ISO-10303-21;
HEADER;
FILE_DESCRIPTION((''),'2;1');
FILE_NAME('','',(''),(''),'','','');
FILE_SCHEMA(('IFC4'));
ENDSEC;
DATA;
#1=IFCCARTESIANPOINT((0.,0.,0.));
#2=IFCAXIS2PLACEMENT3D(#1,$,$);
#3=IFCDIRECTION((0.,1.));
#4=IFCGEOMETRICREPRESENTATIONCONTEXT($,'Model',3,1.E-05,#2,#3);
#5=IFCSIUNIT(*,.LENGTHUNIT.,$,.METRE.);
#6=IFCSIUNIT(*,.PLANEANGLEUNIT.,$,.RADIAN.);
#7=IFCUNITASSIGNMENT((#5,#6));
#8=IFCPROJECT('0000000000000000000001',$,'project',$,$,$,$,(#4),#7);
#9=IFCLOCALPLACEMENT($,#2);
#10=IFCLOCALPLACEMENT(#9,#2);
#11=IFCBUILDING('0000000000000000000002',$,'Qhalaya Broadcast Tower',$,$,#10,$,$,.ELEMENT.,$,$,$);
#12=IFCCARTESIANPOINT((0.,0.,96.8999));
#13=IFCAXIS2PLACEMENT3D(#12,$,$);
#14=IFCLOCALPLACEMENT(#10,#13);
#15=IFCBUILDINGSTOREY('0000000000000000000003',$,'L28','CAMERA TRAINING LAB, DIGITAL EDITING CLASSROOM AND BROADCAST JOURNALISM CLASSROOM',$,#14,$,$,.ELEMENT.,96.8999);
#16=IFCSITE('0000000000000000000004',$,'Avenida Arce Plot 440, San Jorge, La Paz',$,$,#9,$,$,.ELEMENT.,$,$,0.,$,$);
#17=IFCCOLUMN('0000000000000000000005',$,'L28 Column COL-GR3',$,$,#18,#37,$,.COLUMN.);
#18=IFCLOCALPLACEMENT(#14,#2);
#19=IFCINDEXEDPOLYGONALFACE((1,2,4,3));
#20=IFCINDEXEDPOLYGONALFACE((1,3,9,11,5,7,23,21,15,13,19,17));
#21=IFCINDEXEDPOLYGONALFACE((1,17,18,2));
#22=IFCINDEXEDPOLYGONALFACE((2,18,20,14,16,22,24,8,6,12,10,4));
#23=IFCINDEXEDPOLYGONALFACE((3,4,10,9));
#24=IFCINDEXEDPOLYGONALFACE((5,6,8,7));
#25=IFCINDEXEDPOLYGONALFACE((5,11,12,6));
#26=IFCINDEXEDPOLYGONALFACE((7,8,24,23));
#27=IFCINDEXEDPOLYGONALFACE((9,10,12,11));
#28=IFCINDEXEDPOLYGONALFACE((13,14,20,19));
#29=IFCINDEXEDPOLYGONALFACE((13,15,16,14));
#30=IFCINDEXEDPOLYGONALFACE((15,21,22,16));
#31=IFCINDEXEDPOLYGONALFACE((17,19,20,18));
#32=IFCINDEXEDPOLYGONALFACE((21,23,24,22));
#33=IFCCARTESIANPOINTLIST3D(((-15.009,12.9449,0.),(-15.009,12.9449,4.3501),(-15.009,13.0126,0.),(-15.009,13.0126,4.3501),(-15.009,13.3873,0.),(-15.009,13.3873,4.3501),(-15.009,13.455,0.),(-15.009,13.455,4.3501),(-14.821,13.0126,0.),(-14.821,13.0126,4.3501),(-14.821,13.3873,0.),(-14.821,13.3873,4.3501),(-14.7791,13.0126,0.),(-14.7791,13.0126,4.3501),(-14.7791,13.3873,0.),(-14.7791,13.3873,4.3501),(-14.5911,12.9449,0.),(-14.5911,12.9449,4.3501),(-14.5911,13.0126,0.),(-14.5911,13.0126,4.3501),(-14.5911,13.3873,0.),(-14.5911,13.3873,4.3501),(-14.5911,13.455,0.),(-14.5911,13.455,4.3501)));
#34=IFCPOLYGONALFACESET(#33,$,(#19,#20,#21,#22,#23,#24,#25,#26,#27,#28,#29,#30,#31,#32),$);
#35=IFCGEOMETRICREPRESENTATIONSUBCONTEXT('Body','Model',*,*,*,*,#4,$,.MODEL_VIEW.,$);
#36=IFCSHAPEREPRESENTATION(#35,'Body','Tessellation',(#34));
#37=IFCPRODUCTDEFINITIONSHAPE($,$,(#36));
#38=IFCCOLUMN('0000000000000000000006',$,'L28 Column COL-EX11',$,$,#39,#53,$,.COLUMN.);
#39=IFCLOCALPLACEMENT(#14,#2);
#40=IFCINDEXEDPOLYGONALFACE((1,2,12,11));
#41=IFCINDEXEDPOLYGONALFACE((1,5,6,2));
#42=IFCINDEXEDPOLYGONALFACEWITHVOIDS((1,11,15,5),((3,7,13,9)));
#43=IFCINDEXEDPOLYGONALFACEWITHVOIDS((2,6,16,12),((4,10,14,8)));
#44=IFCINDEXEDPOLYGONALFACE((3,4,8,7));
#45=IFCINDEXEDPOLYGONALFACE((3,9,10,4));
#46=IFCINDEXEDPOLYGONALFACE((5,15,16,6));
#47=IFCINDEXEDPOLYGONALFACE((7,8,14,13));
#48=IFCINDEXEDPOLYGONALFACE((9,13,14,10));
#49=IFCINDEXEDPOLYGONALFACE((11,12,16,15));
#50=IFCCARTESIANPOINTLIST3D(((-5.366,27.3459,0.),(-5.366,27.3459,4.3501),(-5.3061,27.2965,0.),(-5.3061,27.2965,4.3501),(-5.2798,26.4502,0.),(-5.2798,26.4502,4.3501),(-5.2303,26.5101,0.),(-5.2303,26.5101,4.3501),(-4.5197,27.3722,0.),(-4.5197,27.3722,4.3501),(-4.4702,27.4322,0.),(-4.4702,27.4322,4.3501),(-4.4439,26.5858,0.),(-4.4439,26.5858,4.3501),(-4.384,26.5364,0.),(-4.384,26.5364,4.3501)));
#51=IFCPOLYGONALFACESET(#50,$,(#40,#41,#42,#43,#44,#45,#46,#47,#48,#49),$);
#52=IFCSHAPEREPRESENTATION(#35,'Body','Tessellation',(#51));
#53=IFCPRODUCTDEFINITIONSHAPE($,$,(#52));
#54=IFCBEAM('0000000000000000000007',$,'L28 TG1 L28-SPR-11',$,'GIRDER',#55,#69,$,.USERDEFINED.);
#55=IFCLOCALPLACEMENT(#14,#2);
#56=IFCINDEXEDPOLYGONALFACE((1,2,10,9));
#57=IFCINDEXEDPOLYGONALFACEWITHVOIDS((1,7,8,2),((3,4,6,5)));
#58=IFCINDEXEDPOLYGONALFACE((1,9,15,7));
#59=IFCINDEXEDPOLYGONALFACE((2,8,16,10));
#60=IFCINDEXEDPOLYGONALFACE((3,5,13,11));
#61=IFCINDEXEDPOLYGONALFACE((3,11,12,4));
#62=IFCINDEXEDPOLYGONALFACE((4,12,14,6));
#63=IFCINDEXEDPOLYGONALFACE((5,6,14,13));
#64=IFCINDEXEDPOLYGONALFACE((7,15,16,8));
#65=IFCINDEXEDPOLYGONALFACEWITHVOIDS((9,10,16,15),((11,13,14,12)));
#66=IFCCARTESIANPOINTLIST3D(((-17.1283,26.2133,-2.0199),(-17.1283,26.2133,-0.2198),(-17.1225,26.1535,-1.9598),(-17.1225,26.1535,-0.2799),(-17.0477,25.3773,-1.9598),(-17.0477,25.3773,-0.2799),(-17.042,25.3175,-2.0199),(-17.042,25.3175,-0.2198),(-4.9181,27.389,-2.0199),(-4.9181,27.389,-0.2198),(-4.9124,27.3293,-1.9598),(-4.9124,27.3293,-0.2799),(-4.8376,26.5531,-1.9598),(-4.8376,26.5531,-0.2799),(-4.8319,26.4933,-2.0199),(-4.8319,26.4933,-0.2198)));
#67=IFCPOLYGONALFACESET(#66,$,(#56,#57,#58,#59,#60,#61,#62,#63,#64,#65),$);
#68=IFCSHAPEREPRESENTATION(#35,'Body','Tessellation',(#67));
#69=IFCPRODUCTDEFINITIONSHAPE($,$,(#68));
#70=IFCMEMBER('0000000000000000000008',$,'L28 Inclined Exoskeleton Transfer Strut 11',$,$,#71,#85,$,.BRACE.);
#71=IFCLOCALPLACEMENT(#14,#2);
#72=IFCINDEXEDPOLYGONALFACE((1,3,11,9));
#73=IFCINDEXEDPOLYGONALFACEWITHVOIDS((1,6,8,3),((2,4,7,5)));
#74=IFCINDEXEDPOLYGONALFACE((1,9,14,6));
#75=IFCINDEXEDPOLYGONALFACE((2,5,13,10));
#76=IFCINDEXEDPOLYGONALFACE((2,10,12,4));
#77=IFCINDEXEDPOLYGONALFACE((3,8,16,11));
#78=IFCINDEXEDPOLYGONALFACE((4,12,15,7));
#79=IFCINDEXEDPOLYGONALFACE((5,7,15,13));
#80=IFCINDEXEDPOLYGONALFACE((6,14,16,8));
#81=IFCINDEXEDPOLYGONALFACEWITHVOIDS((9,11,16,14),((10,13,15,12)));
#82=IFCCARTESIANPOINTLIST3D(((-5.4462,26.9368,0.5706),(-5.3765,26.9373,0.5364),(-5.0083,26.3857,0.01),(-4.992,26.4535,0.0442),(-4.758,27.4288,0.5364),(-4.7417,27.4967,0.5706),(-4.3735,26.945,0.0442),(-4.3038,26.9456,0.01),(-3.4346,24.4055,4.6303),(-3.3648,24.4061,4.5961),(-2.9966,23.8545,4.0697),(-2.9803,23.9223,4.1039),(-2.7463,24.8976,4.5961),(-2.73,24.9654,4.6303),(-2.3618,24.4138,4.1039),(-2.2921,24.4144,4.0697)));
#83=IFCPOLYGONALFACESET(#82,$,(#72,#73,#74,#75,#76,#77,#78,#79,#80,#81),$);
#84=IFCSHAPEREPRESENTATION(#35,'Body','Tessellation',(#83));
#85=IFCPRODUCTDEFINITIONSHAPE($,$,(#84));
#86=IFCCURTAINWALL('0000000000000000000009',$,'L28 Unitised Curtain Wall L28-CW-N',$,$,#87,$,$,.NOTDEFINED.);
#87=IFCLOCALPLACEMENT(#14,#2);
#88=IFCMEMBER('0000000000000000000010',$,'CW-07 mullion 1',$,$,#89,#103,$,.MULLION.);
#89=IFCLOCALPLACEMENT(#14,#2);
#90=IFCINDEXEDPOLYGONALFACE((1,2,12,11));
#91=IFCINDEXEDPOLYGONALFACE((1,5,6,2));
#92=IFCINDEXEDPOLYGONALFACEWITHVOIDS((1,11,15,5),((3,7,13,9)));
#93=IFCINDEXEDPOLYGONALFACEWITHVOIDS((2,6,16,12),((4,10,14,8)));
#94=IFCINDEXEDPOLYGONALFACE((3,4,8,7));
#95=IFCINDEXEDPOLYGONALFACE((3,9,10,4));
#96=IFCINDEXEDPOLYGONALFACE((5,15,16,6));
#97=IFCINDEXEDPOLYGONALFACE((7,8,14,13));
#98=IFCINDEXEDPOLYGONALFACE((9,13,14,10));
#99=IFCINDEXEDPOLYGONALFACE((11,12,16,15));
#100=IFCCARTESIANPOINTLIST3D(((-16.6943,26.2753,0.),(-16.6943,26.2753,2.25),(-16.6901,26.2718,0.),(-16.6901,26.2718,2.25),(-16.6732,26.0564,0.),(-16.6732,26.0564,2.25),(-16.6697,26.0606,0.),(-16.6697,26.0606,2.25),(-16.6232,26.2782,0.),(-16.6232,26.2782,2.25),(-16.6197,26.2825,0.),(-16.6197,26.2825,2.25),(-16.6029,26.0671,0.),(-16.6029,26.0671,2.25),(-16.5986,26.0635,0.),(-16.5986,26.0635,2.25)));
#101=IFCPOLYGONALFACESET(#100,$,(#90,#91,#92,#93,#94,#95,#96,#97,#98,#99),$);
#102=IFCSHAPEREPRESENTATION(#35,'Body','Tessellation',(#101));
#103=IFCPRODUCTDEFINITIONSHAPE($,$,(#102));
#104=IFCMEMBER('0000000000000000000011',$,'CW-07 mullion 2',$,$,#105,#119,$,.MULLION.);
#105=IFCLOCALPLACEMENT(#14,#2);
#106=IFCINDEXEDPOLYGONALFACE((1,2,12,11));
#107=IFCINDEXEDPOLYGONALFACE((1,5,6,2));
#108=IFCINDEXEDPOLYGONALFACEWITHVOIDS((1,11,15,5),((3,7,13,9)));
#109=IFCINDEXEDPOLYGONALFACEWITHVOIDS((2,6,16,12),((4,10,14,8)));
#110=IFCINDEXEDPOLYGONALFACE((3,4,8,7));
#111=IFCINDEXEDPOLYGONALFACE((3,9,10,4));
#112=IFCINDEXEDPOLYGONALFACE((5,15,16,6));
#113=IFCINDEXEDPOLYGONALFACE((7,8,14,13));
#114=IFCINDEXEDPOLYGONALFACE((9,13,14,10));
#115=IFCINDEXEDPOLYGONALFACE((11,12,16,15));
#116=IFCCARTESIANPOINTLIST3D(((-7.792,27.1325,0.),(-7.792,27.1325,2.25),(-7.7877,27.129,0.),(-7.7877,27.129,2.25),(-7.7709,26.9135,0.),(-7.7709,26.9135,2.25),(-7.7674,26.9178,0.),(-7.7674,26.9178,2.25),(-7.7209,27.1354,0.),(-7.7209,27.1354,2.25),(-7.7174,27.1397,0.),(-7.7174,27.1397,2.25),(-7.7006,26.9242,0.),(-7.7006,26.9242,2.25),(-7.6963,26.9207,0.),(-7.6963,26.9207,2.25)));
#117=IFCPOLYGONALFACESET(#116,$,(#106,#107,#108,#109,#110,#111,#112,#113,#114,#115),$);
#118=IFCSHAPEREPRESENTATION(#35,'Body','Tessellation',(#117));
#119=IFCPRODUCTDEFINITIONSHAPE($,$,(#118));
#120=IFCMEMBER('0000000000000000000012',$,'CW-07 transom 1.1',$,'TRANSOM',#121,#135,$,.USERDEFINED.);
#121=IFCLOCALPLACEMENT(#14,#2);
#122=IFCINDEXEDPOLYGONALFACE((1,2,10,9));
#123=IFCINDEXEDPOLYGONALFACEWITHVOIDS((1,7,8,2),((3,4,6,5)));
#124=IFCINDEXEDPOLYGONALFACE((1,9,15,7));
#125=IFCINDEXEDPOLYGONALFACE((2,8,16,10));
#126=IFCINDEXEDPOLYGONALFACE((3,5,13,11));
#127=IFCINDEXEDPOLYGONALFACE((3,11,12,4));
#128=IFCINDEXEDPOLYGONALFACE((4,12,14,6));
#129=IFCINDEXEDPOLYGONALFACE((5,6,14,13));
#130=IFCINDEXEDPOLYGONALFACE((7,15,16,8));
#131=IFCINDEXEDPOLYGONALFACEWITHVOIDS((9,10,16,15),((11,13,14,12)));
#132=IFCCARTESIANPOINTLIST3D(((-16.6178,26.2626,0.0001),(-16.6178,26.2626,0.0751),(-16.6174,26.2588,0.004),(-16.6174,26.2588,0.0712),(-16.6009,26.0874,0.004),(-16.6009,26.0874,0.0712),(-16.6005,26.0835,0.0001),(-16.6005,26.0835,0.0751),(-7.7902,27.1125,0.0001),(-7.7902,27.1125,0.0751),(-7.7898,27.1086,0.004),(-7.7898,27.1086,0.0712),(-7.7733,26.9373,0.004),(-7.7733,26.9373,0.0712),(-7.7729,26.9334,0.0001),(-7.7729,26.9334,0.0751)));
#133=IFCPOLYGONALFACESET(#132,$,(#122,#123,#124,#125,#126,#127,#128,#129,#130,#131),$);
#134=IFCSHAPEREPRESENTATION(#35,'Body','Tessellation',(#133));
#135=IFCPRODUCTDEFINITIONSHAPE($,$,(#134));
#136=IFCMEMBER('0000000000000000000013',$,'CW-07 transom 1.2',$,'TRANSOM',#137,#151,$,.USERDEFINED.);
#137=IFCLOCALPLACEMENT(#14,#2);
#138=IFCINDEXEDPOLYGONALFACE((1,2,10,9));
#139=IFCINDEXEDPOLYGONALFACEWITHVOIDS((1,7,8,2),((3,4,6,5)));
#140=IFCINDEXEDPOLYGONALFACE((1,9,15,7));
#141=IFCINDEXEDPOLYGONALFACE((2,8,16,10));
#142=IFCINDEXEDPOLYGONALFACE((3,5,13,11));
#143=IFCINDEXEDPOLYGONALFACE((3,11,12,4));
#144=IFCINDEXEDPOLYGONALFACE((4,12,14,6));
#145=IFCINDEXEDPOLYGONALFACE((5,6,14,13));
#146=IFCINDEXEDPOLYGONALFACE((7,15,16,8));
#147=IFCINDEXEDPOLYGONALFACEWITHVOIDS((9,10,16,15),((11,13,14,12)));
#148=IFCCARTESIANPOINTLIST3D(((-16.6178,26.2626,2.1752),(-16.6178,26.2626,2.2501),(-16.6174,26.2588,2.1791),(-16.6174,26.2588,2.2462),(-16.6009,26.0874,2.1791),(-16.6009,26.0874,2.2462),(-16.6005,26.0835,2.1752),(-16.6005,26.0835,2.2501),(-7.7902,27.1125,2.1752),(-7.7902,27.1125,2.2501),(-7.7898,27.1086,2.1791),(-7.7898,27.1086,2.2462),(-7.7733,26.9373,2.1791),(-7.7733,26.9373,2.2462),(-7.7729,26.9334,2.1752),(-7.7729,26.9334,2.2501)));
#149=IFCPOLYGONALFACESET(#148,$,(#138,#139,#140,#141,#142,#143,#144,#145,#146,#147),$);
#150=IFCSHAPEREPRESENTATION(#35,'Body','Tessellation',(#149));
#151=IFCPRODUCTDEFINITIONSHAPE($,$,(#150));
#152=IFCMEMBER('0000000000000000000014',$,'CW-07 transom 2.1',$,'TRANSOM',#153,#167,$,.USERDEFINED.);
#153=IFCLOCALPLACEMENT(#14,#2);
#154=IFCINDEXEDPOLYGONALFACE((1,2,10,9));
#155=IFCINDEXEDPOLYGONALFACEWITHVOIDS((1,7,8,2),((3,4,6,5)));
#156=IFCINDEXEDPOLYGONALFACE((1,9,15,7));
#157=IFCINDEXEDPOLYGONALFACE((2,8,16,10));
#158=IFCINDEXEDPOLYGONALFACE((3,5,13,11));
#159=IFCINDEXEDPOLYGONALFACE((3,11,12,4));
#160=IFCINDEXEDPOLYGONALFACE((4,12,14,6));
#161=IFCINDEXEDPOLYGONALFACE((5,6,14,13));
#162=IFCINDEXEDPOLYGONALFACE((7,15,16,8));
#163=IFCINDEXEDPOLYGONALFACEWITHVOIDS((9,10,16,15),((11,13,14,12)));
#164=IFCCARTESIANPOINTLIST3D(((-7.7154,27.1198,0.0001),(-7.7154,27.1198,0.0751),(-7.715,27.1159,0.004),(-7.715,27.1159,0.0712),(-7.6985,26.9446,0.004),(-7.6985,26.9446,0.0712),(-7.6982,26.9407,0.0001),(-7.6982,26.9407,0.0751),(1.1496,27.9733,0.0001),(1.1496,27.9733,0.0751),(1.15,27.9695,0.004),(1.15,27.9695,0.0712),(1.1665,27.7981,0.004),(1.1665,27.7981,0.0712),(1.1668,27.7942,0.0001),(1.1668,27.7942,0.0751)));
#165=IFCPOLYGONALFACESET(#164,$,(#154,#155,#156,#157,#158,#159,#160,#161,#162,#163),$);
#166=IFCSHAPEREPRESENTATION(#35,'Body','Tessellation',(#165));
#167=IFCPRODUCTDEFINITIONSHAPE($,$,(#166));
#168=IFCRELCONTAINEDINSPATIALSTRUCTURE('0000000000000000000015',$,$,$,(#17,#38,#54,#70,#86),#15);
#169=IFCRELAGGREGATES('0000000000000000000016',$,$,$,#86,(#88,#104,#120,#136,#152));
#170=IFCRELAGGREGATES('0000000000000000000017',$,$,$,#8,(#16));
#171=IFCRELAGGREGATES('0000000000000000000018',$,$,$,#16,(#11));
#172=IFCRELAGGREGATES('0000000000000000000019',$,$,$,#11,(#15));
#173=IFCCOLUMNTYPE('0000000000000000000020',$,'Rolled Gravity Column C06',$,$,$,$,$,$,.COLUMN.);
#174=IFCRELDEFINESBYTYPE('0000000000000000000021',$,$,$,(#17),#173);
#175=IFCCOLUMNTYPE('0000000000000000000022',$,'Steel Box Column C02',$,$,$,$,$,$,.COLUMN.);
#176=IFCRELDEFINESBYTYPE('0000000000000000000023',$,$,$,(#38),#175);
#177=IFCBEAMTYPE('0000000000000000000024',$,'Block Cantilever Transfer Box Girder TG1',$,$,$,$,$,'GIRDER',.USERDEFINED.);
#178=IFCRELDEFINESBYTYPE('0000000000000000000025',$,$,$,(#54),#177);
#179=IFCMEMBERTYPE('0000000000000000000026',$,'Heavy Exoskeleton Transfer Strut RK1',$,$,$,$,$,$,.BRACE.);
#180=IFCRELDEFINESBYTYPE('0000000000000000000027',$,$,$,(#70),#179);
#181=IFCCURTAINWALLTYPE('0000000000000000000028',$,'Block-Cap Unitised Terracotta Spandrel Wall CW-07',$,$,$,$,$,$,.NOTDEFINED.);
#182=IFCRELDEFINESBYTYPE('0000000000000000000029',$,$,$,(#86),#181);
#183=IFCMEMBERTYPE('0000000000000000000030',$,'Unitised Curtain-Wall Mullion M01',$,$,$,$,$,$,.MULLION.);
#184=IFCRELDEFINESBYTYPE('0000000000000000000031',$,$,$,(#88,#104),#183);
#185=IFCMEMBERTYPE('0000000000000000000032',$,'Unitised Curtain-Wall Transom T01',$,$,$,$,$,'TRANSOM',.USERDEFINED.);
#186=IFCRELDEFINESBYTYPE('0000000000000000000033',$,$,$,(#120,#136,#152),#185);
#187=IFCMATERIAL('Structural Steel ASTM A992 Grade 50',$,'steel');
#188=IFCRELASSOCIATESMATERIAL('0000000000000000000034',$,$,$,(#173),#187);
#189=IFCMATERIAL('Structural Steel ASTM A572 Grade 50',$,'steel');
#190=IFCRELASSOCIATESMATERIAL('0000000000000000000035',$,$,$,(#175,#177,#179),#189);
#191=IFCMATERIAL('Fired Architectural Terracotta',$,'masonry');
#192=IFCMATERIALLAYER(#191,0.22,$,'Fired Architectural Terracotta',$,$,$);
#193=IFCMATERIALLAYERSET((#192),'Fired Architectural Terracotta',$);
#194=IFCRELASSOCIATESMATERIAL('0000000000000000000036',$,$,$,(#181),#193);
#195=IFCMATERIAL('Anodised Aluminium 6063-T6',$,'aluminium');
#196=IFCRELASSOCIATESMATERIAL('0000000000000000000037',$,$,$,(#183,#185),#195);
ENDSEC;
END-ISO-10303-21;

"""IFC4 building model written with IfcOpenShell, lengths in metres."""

from ifc_helpers import new_model, si_unit, direction, frame, origin, origin_2d, place, context, subcontext, project, spatial, hollow_rectangle, i_section, extrude, material, layer, layer_set, material_profile, profile_set, type_object, element, aggregate, save


model = new_model("IFC4")

# Units and contexts
model_context = context("Model", 3, precision=1e-05, world=origin(), true_north=direction((0.0, 1.0)))
body_context = subcontext(model_context, "Body", "Model", "MODEL_VIEW")
ifc_project = project(units=[si_unit("LENGTHUNIT", "METRE"), si_unit("PLANEANGLEUNIT", "RADIAN")], contexts=[model_context])

# Site, building, storey
site_placement = place(None, origin())
site = spatial("IfcSite", under=ifc_project, at=site_placement, Name="Avenida Arce Plot 440, San Jorge, La Paz", CompositionType="ELEMENT", RefElevation=0.0)
building_placement = place(site_placement, origin())
building = spatial("IfcBuilding", under=site, at=building_placement, Name="Qhalaya Broadcast Tower", CompositionType="ELEMENT")
storey_placement = place(building_placement, frame((0.0, 0.0, 96.8999)))
storey = spatial("IfcBuildingStorey", under=building, at=storey_placement, Name="L28", Description="CAMERA TRAINING LAB, DIGITAL EDITING CLASSROOM AND BROADCAST JOURNALISM CLASSROOM", CompositionType="ELEMENT", Elevation=96.8999)

# Columns
ifc_material_1 = material(Name="Structural Steel ASTM A992 Grade 50", Category="steel")
ifc_material_profile_1 = material_profile(ifc_material_1, i_section(OverallWidth=0.418, OverallDepth=0.51, WebThickness=0.042, FlangeThickness=0.0676, at=origin_2d()), Name="W14X370")
ifc_profile_set_1 = profile_set([ifc_material_profile_1], Name="Structural Steel ASTM A992 Grade 50")
column_type_1 = type_object("IfcColumnType", Name="Rolled Gravity Column C06", PredefinedType="COLUMN", material=ifc_profile_set_1)
column_1_placement = place(storey_placement, frame((-14.8, 13.2, 0.0), z_axis=(0.0, 0.0, 1.0), x_axis=(1.0, 0.0, 0.0)))
element("IfcColumn", 1, at=column_1_placement, inside=storey, type_object=column_type_1, Name="L28 Column COL-GR3", PredefinedType="COLUMN", context=body_context, shape_type="SweptSolid", body=[
    extrude(i_section(OverallWidth=0.418, OverallDepth=0.51, WebThickness=0.042, FlangeThickness=0.0676, at=origin_2d()), origin(), (0.0, 0.0, 1.0), 4.3501),
])
ifc_material_2 = material(Name="Structural Steel ASTM A572 Grade 50", Category="steel")
ifc_material_profile_2 = material_profile(ifc_material_2, hollow_rectangle(XDim=0.8999, YDim=0.8999, WallThickness=0.0549, at=origin_2d()), Name="BOX 900x900x55")
ifc_profile_set_2 = profile_set([ifc_material_profile_2], Name="Structural Steel ASTM A572 Grade 50")
column_type_2 = type_object("IfcColumnType", Name="Steel Box Column C02", PredefinedType="COLUMN", material=ifc_profile_set_2)
column_2_placement = place(storey_placement, frame((-4.875, 26.9412, 0.0), z_axis=(0.0, 0.0, 1.0), x_axis=(0.995396, 0.095846, 0.0)))
element("IfcColumn", 2, at=column_2_placement, inside=storey, type_object=column_type_2, Name="L28 Column COL-EX11", PredefinedType="COLUMN", context=body_context, shape_type="SweptSolid", body=[
    extrude(hollow_rectangle(XDim=0.8999, YDim=0.8999, WallThickness=0.0549, at=origin_2d()), origin(), (0.0, 0.0, 1.0), 4.3501),
])

# Beam
ifc_material_profile_3 = material_profile(ifc_material_2, hollow_rectangle(XDim=0.8999, YDim=1.8, WallThickness=0.0601, at=origin_2d()), Name="BOX 900x1800x60")
ifc_profile_set_3 = profile_set([ifc_material_profile_3], Name="Structural Steel ASTM A572 Grade 50")
beam_type = type_object("IfcBeamType", Name="Block Cantilever Transfer Box Girder TG1", ElementType="GIRDER", PredefinedType="USERDEFINED", material=ifc_profile_set_3)
beam_placement = place(storey_placement, frame((-4.875, 26.9412, -1.1199), z_axis=(-0.995396, -0.095852, 0.0), x_axis=(0.095852, -0.995396, 0.0)))
element("IfcBeam", 3, at=beam_placement, inside=storey, type_object=beam_type, Name="L28 TG1 L28-SPR-11", ObjectType="GIRDER", PredefinedType="USERDEFINED", context=body_context, shape_type="SweptSolid", body=[
    extrude(hollow_rectangle(XDim=0.8999, YDim=1.8, WallThickness=0.0601, at=origin_2d()), origin(), (0.0, 0.0, 1.0), 12.2666),
])

# Member
ifc_material_profile_4 = material_profile(ifc_material_2, hollow_rectangle(XDim=0.8999, YDim=0.8999, WallThickness=0.0549, at=origin_2d()), Name="BOX 900x900x55")
ifc_profile_set_4 = profile_set([ifc_material_profile_4], Name="Structural Steel ASTM A572 Grade 50")
member_type_1 = type_object("IfcMemberType", Name="Heavy Exoskeleton Transfer Strut RK1", PredefinedType="BRACE", material=ifc_profile_set_4)
member_1_placement = place(storey_placement, frame((-4.875, 26.9412, 0.2903), z_axis=(0.387613, -0.487715, 0.782234), x_axis=(0.782869, 0.622187, 0.0)))
element("IfcMember", 4, at=member_1_placement, inside=storey, type_object=member_type_1, Name="L28 Inclined Exoskeleton Transfer Strut 11", PredefinedType="BRACE", context=body_context, shape_type="SweptSolid", body=[
    extrude(hollow_rectangle(XDim=0.8999, YDim=0.8999, WallThickness=0.0549, at=origin_2d()), origin(), (0.0, 0.0, 1.0), 5.1899),
])

# Curtain wall, members
ifc_material_3 = material(Name="Fired Architectural Terracotta", Category="masonry")
ifc_layer_1 = layer(ifc_material_3, 0.22, Name="Fired Architectural Terracotta")
ifc_layer_set_1 = layer_set([ifc_layer_1], Name="Fired Architectural Terracotta")
curtain_wall_type = type_object("IfcCurtainWallType", Name="Block-Cap Unitised Terracotta Spandrel Wall CW-07", PredefinedType="NOTDEFINED", material=ifc_layer_set_1)
curtain_wall_placement = place(storey_placement, origin())
curtain_wall = element("IfcCurtainWall", 5, at=curtain_wall_placement, inside=storey, type_object=curtain_wall_type, Name="L28 Unitised Curtain Wall L28-CW-N", PredefinedType="NOTDEFINED")
ifc_material_4 = material(Name="Anodised Aluminium 6063-T6", Category="aluminium")
ifc_material_profile_5 = material_profile(ifc_material_4, hollow_rectangle(XDim=0.075, YDim=0.22, WallThickness=0.0039, at=origin_2d()), Name="ALU-MUL 75x220x4")
ifc_profile_set_5 = profile_set([ifc_material_profile_5], Name="Anodised Aluminium 6063-T6")
member_type_2 = type_object("IfcMemberType", Name="Unitised Curtain-Wall Mullion M01", PredefinedType="MULLION", material=ifc_profile_set_5)
member_2_placement = place(storey_placement, frame((-16.6465, 26.1694, 0.0), z_axis=(0.0, 0.0, 1.0), x_axis=(0.995396, 0.095847, 0.0)))
member_2 = element("IfcMember", 6, at=member_2_placement, type_object=member_type_2, Name="CW-07 mullion 1", PredefinedType="MULLION", context=body_context, shape_type="SweptSolid", body=[
    extrude(hollow_rectangle(XDim=0.075, YDim=0.22, WallThickness=0.0039, at=origin_2d()), origin(), (0.0, 0.0, 1.0), 2.25),
])
member_3_placement = place(storey_placement, frame((-7.7441, 27.0266, 0.0), z_axis=(0.0, 0.0, 1.0), x_axis=(0.995396, 0.095847, 0.0)))
member_3 = element("IfcMember", 7, at=member_3_placement, type_object=member_type_2, Name="CW-07 mullion 2", PredefinedType="MULLION", context=body_context, shape_type="SweptSolid", body=[
    extrude(hollow_rectangle(XDim=0.075, YDim=0.22, WallThickness=0.0039, at=origin_2d()), origin(), (0.0, 0.0, 1.0), 2.25),
])
ifc_material_profile_6 = material_profile(ifc_material_4, hollow_rectangle(XDim=0.075, YDim=0.1799, WallThickness=0.0039, at=origin_2d()), Name="ALU-TRN 75x180x4")
ifc_profile_set_6 = profile_set([ifc_material_profile_6], Name="Anodised Aluminium 6063-T6")
member_type_3 = type_object("IfcMemberType", Name="Unitised Curtain-Wall Transom T01", ElementType="TRANSOM", PredefinedType="USERDEFINED", material=ifc_profile_set_6)
member_4_placement = place(storey_placement, frame((-16.6091, 26.1731, 0.0376), z_axis=(0.995398, 0.095829, 0.0), x_axis=(0.0, 0.0, 1.0)))
member_4 = element("IfcMember", 8, at=member_4_placement, type_object=member_type_3, Name="CW-07 transom 1.1", ObjectType="TRANSOM", PredefinedType="USERDEFINED", context=body_context, shape_type="SweptSolid", body=[
    extrude(hollow_rectangle(XDim=0.075, YDim=0.1799, WallThickness=0.0039, at=origin_2d()), origin(), (0.0, 0.0, 1.0), 8.8684),
])
member_5_placement = place(storey_placement, frame((-16.6091, 26.1731, 2.2126), z_axis=(0.995398, 0.095829, 0.0), x_axis=(0.0, 0.0, 1.0)))
member_5 = element("IfcMember", 9, at=member_5_placement, type_object=member_type_3, Name="CW-07 transom 1.2", ObjectType="TRANSOM", PredefinedType="USERDEFINED", context=body_context, shape_type="SweptSolid", body=[
    extrude(hollow_rectangle(XDim=0.075, YDim=0.1799, WallThickness=0.0039, at=origin_2d()), origin(), (0.0, 0.0, 1.0), 8.8684),
])
member_6_placement = place(storey_placement, frame((-7.7068, 27.0303, 0.0376), z_axis=(0.995397, 0.095836, 0.0), x_axis=(0.0, 0.0, 1.0)))
member_6 = element("IfcMember", 10, at=member_6_placement, type_object=member_type_3, Name="CW-07 transom 2.1", ObjectType="TRANSOM", PredefinedType="USERDEFINED", context=body_context, shape_type="SweptSolid", body=[
    extrude(hollow_rectangle(XDim=0.075, YDim=0.1799, WallThickness=0.0039, at=origin_2d()), origin(), (0.0, 0.0, 1.0), 8.906),
])

aggregate(curtain_wall, [member_2, member_3, member_4, member_5, member_6])

save(model, "model.ifc")
